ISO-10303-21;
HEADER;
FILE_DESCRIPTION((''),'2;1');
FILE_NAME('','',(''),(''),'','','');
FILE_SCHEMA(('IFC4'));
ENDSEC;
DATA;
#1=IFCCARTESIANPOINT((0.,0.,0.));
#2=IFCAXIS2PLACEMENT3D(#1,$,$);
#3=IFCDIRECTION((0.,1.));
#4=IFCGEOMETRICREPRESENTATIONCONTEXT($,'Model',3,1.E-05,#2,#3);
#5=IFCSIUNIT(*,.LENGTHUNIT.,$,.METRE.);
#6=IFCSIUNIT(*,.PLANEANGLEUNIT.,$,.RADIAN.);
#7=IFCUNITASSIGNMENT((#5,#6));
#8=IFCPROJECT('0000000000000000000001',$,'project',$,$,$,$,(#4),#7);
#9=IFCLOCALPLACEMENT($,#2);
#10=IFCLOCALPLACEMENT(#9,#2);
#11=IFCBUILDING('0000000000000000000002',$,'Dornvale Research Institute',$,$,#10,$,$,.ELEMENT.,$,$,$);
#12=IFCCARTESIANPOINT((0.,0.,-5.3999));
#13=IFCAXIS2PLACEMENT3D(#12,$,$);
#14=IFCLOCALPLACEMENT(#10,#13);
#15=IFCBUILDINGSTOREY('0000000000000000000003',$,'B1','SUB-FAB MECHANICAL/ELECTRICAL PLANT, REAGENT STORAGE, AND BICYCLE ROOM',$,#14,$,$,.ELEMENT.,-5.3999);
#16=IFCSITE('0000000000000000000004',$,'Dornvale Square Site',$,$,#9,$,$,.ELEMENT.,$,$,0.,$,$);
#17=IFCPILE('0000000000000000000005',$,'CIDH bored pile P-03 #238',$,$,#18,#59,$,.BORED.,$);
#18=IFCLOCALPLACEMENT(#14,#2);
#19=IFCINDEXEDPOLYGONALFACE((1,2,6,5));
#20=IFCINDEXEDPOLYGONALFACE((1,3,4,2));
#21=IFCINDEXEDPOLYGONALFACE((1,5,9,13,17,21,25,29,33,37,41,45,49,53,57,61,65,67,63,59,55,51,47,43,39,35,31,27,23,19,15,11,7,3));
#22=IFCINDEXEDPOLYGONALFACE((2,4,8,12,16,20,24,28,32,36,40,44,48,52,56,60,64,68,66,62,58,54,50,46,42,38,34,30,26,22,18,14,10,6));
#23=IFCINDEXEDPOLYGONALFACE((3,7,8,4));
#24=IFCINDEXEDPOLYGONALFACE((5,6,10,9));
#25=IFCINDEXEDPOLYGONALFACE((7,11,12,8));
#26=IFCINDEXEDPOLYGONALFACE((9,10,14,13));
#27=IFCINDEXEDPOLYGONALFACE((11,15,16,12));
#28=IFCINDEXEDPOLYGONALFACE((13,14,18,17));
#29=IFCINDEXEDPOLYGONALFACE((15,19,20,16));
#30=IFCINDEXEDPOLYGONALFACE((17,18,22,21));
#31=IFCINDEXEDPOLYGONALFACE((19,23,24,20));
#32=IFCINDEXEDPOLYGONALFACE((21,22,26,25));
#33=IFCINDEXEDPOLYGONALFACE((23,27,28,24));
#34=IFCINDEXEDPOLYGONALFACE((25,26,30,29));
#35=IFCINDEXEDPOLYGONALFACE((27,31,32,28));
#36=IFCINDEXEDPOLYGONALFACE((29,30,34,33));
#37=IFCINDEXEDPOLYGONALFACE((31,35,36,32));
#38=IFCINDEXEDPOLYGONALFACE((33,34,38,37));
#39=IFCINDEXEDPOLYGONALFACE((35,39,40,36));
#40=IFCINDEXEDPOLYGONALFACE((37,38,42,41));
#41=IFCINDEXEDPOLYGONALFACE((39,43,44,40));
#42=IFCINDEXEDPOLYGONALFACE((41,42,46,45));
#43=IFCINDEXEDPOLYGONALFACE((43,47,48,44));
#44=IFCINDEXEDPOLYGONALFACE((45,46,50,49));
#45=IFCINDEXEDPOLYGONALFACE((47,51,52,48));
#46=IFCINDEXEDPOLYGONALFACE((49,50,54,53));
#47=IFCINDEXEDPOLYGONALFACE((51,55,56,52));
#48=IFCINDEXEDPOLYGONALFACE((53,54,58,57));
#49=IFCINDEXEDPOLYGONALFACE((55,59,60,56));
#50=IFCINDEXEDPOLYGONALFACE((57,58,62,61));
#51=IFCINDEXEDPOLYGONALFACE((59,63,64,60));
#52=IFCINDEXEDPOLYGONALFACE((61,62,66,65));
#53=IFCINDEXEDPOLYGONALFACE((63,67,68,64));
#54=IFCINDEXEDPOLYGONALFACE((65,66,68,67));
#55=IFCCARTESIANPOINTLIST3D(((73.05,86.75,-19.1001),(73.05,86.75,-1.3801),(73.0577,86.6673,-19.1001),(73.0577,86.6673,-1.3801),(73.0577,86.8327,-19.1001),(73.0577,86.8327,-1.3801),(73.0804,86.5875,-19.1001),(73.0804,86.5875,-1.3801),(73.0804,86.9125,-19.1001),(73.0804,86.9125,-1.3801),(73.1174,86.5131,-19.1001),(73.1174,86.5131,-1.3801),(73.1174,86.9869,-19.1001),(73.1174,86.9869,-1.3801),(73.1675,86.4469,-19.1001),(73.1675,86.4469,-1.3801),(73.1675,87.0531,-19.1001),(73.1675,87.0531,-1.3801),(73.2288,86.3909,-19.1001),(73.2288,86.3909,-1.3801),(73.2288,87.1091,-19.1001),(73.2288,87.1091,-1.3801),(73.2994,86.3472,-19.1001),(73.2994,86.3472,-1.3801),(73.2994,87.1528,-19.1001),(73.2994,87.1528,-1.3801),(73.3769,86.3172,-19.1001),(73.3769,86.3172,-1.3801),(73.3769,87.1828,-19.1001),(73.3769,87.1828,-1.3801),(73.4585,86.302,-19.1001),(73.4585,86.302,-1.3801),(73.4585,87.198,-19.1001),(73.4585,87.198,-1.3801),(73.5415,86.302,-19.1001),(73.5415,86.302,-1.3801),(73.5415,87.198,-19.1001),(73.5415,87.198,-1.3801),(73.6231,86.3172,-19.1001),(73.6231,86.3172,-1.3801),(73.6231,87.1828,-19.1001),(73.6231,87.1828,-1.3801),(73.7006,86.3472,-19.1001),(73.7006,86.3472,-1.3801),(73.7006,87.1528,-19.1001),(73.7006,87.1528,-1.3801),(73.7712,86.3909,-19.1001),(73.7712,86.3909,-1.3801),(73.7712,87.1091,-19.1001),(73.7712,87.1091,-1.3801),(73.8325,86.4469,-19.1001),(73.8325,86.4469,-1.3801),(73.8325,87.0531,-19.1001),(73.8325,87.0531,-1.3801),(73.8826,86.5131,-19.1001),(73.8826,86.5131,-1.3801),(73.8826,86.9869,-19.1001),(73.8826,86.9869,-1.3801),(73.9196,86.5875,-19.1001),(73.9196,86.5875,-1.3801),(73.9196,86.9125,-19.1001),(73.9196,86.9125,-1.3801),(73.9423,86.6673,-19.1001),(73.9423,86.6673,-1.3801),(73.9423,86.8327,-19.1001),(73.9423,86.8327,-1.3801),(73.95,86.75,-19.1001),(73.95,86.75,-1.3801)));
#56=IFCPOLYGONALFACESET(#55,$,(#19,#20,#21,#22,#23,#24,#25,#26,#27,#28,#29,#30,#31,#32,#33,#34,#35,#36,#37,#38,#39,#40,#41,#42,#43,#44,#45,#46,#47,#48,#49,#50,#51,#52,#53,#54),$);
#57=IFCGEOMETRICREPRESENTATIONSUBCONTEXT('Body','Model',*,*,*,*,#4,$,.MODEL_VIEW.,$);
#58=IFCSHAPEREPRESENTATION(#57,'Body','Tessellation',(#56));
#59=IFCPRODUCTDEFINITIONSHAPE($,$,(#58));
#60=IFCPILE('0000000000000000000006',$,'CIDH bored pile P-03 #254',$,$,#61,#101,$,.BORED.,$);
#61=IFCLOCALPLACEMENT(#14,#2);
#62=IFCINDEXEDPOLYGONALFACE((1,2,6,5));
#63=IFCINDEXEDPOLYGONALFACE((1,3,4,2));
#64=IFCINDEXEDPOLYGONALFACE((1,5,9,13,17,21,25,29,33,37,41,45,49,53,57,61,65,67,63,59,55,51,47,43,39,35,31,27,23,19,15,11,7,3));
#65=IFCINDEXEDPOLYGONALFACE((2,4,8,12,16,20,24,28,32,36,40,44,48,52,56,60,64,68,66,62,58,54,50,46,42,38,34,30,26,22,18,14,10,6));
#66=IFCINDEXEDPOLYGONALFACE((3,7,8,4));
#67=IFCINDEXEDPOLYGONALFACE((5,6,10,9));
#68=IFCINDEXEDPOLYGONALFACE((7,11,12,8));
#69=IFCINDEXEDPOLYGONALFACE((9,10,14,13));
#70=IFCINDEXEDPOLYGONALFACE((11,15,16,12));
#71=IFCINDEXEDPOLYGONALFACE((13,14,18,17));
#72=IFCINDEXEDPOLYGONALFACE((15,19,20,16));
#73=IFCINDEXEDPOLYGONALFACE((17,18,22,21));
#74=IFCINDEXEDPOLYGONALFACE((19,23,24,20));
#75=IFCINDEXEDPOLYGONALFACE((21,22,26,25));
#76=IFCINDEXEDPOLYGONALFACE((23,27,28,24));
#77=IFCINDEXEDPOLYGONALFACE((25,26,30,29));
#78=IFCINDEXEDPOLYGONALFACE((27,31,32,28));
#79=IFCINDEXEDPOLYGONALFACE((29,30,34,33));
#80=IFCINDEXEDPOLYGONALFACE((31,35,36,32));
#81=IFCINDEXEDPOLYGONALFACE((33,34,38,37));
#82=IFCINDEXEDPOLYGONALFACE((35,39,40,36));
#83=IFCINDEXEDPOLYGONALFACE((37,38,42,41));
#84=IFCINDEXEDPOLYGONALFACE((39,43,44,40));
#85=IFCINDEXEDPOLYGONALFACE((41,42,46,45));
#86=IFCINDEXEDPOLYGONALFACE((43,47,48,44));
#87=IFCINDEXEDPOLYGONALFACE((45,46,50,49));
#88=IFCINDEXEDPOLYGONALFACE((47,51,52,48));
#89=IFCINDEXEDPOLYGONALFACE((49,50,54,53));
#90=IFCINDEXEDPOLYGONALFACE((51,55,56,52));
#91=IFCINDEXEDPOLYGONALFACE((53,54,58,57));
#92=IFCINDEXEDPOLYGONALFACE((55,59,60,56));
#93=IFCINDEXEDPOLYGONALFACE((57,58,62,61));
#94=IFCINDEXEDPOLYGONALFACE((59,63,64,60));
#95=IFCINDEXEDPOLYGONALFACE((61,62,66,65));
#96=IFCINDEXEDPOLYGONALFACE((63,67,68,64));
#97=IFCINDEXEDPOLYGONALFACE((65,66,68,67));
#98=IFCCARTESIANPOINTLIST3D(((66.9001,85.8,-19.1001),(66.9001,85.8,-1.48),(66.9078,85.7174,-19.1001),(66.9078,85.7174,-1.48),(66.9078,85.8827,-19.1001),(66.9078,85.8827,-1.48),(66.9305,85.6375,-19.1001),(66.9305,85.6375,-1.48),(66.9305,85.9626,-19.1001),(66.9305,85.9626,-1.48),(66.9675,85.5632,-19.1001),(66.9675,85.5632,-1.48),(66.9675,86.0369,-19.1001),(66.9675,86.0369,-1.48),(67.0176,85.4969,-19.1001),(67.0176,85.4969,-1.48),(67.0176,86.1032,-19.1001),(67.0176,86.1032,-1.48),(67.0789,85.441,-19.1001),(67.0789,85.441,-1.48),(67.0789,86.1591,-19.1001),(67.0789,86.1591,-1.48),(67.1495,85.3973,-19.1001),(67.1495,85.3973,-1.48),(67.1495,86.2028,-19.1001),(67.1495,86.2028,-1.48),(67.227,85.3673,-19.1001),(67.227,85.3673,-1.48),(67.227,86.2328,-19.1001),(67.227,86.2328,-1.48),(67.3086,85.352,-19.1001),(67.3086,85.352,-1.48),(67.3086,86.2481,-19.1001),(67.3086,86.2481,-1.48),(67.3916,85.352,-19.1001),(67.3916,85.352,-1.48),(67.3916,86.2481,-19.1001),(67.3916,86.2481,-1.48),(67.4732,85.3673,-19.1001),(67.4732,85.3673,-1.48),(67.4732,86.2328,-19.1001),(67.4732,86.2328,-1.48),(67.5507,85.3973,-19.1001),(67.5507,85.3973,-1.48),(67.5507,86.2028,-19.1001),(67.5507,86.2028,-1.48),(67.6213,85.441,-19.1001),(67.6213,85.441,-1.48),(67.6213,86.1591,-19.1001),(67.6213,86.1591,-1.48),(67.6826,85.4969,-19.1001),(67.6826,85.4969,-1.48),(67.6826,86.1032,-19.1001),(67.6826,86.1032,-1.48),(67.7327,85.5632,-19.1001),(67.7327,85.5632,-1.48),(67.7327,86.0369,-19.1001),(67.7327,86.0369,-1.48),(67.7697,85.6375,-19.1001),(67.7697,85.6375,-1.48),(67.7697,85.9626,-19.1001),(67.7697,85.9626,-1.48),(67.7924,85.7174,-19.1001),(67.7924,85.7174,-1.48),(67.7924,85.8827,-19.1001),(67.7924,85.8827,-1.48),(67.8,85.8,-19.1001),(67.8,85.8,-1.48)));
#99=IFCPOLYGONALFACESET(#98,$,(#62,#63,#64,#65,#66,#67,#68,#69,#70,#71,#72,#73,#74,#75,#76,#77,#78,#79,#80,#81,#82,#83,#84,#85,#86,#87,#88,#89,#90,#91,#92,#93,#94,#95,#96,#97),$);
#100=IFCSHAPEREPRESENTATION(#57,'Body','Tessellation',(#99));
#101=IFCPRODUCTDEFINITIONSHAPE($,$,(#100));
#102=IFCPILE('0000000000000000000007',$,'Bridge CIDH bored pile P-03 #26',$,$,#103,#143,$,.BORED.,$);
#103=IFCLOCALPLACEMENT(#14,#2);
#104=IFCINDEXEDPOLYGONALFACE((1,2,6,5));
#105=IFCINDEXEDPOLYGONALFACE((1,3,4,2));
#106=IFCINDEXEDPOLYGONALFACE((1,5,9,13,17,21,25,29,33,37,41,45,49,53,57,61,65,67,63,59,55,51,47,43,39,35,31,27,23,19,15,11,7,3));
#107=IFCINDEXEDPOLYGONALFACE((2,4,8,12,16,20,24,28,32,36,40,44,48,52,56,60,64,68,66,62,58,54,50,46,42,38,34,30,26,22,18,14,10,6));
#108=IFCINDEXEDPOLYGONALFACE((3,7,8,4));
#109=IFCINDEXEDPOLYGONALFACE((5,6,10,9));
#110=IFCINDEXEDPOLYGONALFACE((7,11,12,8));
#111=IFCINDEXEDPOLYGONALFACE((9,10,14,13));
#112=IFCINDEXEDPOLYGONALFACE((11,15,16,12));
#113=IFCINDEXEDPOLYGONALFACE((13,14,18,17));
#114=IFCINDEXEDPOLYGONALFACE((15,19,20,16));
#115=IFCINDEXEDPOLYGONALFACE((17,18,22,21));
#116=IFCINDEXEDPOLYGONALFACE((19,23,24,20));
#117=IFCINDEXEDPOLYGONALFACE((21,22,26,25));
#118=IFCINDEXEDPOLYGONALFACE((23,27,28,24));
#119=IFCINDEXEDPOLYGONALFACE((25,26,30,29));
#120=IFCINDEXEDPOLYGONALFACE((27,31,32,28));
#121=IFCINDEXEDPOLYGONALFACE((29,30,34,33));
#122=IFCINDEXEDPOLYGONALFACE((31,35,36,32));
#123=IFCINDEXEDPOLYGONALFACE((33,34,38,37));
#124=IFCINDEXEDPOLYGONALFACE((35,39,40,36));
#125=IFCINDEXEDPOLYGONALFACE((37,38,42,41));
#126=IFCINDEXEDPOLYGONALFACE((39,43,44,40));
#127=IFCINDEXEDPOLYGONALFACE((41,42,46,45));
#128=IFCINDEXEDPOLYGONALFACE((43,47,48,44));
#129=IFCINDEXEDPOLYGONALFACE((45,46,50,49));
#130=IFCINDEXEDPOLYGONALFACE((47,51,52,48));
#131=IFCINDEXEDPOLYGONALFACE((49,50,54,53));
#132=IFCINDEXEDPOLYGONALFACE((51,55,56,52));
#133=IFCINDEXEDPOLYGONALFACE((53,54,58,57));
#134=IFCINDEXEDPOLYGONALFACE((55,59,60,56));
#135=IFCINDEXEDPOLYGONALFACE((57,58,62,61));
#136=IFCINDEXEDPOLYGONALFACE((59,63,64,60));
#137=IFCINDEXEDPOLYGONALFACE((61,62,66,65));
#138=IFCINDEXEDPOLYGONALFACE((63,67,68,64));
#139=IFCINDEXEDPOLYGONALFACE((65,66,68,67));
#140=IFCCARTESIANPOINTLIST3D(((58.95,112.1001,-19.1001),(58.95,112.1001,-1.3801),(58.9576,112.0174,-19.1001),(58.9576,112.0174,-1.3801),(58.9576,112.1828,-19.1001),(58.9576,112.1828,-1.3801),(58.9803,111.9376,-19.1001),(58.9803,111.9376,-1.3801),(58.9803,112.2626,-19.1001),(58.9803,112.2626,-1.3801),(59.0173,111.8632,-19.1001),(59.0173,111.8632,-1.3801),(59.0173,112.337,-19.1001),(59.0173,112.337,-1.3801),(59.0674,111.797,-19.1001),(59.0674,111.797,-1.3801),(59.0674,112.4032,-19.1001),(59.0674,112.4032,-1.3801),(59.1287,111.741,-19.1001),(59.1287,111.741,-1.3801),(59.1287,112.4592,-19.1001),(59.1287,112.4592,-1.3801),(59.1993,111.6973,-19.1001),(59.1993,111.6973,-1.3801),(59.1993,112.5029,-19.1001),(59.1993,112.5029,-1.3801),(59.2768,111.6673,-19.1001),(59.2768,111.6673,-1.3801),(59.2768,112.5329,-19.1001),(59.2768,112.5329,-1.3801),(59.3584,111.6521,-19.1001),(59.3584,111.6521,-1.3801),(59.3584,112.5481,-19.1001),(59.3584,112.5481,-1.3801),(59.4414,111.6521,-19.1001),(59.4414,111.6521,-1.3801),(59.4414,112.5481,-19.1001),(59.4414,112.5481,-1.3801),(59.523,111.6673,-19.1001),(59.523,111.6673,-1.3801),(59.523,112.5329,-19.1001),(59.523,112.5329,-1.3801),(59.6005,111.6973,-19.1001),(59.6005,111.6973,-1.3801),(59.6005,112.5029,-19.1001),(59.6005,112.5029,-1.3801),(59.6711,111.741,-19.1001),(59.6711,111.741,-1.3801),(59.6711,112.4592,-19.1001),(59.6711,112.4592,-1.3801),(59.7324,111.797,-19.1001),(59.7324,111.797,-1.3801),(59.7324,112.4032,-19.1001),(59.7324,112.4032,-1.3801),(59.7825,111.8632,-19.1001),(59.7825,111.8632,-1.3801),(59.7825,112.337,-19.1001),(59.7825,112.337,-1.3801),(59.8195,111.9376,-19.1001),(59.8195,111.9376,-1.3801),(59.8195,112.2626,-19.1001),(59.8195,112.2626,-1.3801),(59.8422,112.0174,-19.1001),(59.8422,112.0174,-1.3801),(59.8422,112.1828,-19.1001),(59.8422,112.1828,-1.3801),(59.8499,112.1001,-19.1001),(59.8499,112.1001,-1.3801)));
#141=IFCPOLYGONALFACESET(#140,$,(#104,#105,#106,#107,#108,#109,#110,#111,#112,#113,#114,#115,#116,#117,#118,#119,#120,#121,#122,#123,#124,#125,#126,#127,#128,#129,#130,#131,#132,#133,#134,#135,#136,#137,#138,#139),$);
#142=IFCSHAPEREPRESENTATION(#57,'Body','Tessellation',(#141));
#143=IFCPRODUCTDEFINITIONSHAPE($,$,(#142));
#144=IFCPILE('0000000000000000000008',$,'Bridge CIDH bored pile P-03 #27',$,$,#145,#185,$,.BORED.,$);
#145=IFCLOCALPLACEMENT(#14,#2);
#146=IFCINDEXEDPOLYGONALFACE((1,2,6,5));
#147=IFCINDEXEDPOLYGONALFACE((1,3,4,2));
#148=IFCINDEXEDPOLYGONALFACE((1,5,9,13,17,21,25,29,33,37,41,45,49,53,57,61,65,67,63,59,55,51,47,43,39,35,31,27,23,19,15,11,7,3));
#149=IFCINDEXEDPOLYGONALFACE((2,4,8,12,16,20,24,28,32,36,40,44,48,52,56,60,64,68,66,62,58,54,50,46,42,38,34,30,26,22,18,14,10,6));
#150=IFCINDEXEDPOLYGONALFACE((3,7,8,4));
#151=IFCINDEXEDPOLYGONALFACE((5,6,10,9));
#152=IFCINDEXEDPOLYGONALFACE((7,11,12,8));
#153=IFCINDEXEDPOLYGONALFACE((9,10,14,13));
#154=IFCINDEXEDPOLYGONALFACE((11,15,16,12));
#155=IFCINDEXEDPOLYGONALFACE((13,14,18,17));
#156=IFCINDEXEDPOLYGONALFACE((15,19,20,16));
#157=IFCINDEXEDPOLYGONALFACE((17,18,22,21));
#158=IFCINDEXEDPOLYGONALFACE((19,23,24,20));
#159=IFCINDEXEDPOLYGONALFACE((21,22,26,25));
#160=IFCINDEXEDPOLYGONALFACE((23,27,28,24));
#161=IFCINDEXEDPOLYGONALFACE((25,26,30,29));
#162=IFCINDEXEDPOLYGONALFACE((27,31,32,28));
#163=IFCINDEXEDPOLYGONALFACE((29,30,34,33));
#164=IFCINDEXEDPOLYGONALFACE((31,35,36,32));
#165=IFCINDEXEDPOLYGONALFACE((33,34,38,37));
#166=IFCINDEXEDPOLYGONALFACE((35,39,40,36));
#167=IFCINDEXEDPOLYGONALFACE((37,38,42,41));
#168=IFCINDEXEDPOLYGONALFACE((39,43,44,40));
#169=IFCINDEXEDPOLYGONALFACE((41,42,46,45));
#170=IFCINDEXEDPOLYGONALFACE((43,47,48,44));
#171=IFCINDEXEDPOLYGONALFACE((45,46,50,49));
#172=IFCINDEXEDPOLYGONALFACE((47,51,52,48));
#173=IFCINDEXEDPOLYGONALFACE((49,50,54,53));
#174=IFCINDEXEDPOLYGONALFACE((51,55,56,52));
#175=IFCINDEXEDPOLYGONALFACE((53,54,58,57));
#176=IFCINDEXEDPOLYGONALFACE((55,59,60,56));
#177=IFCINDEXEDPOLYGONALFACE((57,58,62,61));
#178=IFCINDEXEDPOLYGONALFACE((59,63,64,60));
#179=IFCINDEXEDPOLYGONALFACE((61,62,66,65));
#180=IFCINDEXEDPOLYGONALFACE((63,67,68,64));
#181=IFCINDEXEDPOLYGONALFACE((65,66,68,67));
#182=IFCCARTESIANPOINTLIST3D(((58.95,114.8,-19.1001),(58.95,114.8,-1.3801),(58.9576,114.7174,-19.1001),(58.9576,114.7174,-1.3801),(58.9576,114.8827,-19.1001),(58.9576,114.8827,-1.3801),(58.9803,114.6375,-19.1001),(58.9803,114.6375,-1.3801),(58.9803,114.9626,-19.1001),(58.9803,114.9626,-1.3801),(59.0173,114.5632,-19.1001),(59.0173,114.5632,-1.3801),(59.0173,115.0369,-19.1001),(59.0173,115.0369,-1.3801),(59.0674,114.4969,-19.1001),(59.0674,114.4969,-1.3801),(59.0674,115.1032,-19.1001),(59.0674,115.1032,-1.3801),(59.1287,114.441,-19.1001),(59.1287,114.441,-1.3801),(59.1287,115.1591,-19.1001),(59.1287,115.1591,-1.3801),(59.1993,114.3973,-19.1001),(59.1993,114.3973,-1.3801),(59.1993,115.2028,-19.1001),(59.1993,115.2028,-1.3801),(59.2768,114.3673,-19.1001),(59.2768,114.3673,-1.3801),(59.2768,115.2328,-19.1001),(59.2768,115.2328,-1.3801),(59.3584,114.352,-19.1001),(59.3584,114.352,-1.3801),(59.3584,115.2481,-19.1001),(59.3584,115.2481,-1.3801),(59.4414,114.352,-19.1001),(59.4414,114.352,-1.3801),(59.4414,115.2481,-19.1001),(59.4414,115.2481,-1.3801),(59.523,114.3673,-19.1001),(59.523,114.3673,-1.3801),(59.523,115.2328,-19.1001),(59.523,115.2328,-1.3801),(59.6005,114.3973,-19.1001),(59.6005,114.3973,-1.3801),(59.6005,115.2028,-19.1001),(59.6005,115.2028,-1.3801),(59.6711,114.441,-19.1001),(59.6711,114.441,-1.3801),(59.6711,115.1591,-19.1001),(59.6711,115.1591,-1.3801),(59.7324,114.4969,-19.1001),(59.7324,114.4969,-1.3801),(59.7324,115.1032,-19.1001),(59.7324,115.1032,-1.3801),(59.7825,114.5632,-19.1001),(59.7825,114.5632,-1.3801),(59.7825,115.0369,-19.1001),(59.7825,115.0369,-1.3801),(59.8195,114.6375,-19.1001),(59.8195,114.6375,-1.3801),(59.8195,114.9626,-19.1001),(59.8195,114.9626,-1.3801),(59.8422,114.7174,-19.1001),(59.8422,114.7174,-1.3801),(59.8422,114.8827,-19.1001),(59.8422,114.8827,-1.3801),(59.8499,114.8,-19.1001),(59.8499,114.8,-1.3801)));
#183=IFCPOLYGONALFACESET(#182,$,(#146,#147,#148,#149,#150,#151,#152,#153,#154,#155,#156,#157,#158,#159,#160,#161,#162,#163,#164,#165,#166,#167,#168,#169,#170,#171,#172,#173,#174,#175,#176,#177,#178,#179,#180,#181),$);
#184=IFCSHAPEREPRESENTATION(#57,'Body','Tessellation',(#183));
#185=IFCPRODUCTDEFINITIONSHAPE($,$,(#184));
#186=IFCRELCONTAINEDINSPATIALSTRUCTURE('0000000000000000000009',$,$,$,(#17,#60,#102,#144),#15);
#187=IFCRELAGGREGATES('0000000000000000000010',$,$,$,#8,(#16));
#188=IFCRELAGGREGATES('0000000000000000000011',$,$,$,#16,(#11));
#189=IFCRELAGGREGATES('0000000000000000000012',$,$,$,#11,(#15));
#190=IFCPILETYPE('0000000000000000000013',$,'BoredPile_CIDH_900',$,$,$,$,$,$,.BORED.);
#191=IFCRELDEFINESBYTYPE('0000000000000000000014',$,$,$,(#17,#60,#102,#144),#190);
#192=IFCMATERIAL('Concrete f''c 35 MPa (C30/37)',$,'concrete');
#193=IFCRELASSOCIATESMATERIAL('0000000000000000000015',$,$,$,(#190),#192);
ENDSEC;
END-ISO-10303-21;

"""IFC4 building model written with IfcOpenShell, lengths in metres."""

from ifc_helpers import new_model, si_unit, direction, frame, origin, origin_2d, place, context, subcontext, project, spatial, circle, extrude, material, material_profile, profile_set, type_object, element, save


model = new_model("IFC4")

# Units and contexts
model_context = context("Model", 3, precision=1e-05, world=origin(), true_north=direction((0.0, 1.0)))
body_context = subcontext(model_context, "Body", "Model", "MODEL_VIEW")
ifc_project = project(units=[si_unit("LENGTHUNIT", "METRE"), si_unit("PLANEANGLEUNIT", "RADIAN")], contexts=[model_context])

# Site, building, storey
site_placement = place(None, origin())
site = spatial("IfcSite", under=ifc_project, at=site_placement, Name="Dornvale Square Site", CompositionType="ELEMENT", RefElevation=0.0)
building_placement = place(site_placement, origin())
building = spatial("IfcBuilding", under=site, at=building_placement, Name="Dornvale Research Institute", CompositionType="ELEMENT")
storey_placement = place(building_placement, frame((0.0, 0.0, -5.3999)))
storey = spatial("IfcBuildingStorey", under=building, at=storey_placement, Name="B1", Description="SUB-FAB MECHANICAL/ELECTRICAL PLANT, REAGENT STORAGE, AND BICYCLE ROOM", CompositionType="ELEMENT", Elevation=-5.3999)

# Piles
ifc_material_1 = material(Name="Concrete f'c 35 MPa (C30/37)", Category="concrete")
ifc_material_profile_1 = material_profile(ifc_material_1, circle(Radius=0.45, at=origin_2d()), Name="CIDH PILE D900")
ifc_profile_set_1 = profile_set([ifc_material_profile_1], Name="Concrete f'c 35 MPa (C30/37)")
pile_type = type_object("IfcPileType", Name="BoredPile_CIDH_900", PredefinedType="BORED", material=ifc_profile_set_1)
pile_1_placement = place(storey_placement, frame((73.5, 86.75, -1.3801), z_axis=(0.0, 0.0, -1.0), x_axis=(1.0, 0.0, 0.0)))
element("IfcPile", 1, at=pile_1_placement, inside=storey, type_object=pile_type, Name="CIDH bored pile P-03 #238", PredefinedType="BORED", context=body_context, shape_type="SweptSolid", body=[
    extrude(circle(Radius=0.45, at=origin_2d()), origin(), (0.0, 0.0, 1.0), 17.72),
])
pile_2_placement = place(storey_placement, frame((67.3501, 85.8, -1.48), z_axis=(0.0, 0.0, -1.0), x_axis=(1.0, 0.0, 0.0)))
element("IfcPile", 2, at=pile_2_placement, inside=storey, type_object=pile_type, Name="CIDH bored pile P-03 #254", PredefinedType="BORED", context=body_context, shape_type="SweptSolid", body=[
    extrude(circle(Radius=0.45, at=origin_2d()), origin(), (0.0, 0.0, 1.0), 17.6201),
])
for number, where, z_axis, x_axis, name in (
    (3, (59.3999, 112.1001, -1.3801), (0.0, 0.0, -1.0), (1.0, 0.0, 0.0), "Bridge CIDH bored pile P-03 #26"),
    (4, (59.3999, 114.8, -1.3801), (0.0, 0.0, -1.0), (1.0, 0.0, 0.0), "Bridge CIDH bored pile P-03 #27"),
):
    element("IfcPile", number, at=place(storey_placement, frame(where, z_axis=z_axis, x_axis=x_axis)), inside=storey, type_object=pile_type, Name=name, PredefinedType="BORED", context=body_context, shape_type="SweptSolid", body=[
        extrude(circle(Radius=0.45, at=origin_2d()), origin(), (0.0, 0.0, 1.0), 17.72),
    ])

save(model, "model.ifc")
